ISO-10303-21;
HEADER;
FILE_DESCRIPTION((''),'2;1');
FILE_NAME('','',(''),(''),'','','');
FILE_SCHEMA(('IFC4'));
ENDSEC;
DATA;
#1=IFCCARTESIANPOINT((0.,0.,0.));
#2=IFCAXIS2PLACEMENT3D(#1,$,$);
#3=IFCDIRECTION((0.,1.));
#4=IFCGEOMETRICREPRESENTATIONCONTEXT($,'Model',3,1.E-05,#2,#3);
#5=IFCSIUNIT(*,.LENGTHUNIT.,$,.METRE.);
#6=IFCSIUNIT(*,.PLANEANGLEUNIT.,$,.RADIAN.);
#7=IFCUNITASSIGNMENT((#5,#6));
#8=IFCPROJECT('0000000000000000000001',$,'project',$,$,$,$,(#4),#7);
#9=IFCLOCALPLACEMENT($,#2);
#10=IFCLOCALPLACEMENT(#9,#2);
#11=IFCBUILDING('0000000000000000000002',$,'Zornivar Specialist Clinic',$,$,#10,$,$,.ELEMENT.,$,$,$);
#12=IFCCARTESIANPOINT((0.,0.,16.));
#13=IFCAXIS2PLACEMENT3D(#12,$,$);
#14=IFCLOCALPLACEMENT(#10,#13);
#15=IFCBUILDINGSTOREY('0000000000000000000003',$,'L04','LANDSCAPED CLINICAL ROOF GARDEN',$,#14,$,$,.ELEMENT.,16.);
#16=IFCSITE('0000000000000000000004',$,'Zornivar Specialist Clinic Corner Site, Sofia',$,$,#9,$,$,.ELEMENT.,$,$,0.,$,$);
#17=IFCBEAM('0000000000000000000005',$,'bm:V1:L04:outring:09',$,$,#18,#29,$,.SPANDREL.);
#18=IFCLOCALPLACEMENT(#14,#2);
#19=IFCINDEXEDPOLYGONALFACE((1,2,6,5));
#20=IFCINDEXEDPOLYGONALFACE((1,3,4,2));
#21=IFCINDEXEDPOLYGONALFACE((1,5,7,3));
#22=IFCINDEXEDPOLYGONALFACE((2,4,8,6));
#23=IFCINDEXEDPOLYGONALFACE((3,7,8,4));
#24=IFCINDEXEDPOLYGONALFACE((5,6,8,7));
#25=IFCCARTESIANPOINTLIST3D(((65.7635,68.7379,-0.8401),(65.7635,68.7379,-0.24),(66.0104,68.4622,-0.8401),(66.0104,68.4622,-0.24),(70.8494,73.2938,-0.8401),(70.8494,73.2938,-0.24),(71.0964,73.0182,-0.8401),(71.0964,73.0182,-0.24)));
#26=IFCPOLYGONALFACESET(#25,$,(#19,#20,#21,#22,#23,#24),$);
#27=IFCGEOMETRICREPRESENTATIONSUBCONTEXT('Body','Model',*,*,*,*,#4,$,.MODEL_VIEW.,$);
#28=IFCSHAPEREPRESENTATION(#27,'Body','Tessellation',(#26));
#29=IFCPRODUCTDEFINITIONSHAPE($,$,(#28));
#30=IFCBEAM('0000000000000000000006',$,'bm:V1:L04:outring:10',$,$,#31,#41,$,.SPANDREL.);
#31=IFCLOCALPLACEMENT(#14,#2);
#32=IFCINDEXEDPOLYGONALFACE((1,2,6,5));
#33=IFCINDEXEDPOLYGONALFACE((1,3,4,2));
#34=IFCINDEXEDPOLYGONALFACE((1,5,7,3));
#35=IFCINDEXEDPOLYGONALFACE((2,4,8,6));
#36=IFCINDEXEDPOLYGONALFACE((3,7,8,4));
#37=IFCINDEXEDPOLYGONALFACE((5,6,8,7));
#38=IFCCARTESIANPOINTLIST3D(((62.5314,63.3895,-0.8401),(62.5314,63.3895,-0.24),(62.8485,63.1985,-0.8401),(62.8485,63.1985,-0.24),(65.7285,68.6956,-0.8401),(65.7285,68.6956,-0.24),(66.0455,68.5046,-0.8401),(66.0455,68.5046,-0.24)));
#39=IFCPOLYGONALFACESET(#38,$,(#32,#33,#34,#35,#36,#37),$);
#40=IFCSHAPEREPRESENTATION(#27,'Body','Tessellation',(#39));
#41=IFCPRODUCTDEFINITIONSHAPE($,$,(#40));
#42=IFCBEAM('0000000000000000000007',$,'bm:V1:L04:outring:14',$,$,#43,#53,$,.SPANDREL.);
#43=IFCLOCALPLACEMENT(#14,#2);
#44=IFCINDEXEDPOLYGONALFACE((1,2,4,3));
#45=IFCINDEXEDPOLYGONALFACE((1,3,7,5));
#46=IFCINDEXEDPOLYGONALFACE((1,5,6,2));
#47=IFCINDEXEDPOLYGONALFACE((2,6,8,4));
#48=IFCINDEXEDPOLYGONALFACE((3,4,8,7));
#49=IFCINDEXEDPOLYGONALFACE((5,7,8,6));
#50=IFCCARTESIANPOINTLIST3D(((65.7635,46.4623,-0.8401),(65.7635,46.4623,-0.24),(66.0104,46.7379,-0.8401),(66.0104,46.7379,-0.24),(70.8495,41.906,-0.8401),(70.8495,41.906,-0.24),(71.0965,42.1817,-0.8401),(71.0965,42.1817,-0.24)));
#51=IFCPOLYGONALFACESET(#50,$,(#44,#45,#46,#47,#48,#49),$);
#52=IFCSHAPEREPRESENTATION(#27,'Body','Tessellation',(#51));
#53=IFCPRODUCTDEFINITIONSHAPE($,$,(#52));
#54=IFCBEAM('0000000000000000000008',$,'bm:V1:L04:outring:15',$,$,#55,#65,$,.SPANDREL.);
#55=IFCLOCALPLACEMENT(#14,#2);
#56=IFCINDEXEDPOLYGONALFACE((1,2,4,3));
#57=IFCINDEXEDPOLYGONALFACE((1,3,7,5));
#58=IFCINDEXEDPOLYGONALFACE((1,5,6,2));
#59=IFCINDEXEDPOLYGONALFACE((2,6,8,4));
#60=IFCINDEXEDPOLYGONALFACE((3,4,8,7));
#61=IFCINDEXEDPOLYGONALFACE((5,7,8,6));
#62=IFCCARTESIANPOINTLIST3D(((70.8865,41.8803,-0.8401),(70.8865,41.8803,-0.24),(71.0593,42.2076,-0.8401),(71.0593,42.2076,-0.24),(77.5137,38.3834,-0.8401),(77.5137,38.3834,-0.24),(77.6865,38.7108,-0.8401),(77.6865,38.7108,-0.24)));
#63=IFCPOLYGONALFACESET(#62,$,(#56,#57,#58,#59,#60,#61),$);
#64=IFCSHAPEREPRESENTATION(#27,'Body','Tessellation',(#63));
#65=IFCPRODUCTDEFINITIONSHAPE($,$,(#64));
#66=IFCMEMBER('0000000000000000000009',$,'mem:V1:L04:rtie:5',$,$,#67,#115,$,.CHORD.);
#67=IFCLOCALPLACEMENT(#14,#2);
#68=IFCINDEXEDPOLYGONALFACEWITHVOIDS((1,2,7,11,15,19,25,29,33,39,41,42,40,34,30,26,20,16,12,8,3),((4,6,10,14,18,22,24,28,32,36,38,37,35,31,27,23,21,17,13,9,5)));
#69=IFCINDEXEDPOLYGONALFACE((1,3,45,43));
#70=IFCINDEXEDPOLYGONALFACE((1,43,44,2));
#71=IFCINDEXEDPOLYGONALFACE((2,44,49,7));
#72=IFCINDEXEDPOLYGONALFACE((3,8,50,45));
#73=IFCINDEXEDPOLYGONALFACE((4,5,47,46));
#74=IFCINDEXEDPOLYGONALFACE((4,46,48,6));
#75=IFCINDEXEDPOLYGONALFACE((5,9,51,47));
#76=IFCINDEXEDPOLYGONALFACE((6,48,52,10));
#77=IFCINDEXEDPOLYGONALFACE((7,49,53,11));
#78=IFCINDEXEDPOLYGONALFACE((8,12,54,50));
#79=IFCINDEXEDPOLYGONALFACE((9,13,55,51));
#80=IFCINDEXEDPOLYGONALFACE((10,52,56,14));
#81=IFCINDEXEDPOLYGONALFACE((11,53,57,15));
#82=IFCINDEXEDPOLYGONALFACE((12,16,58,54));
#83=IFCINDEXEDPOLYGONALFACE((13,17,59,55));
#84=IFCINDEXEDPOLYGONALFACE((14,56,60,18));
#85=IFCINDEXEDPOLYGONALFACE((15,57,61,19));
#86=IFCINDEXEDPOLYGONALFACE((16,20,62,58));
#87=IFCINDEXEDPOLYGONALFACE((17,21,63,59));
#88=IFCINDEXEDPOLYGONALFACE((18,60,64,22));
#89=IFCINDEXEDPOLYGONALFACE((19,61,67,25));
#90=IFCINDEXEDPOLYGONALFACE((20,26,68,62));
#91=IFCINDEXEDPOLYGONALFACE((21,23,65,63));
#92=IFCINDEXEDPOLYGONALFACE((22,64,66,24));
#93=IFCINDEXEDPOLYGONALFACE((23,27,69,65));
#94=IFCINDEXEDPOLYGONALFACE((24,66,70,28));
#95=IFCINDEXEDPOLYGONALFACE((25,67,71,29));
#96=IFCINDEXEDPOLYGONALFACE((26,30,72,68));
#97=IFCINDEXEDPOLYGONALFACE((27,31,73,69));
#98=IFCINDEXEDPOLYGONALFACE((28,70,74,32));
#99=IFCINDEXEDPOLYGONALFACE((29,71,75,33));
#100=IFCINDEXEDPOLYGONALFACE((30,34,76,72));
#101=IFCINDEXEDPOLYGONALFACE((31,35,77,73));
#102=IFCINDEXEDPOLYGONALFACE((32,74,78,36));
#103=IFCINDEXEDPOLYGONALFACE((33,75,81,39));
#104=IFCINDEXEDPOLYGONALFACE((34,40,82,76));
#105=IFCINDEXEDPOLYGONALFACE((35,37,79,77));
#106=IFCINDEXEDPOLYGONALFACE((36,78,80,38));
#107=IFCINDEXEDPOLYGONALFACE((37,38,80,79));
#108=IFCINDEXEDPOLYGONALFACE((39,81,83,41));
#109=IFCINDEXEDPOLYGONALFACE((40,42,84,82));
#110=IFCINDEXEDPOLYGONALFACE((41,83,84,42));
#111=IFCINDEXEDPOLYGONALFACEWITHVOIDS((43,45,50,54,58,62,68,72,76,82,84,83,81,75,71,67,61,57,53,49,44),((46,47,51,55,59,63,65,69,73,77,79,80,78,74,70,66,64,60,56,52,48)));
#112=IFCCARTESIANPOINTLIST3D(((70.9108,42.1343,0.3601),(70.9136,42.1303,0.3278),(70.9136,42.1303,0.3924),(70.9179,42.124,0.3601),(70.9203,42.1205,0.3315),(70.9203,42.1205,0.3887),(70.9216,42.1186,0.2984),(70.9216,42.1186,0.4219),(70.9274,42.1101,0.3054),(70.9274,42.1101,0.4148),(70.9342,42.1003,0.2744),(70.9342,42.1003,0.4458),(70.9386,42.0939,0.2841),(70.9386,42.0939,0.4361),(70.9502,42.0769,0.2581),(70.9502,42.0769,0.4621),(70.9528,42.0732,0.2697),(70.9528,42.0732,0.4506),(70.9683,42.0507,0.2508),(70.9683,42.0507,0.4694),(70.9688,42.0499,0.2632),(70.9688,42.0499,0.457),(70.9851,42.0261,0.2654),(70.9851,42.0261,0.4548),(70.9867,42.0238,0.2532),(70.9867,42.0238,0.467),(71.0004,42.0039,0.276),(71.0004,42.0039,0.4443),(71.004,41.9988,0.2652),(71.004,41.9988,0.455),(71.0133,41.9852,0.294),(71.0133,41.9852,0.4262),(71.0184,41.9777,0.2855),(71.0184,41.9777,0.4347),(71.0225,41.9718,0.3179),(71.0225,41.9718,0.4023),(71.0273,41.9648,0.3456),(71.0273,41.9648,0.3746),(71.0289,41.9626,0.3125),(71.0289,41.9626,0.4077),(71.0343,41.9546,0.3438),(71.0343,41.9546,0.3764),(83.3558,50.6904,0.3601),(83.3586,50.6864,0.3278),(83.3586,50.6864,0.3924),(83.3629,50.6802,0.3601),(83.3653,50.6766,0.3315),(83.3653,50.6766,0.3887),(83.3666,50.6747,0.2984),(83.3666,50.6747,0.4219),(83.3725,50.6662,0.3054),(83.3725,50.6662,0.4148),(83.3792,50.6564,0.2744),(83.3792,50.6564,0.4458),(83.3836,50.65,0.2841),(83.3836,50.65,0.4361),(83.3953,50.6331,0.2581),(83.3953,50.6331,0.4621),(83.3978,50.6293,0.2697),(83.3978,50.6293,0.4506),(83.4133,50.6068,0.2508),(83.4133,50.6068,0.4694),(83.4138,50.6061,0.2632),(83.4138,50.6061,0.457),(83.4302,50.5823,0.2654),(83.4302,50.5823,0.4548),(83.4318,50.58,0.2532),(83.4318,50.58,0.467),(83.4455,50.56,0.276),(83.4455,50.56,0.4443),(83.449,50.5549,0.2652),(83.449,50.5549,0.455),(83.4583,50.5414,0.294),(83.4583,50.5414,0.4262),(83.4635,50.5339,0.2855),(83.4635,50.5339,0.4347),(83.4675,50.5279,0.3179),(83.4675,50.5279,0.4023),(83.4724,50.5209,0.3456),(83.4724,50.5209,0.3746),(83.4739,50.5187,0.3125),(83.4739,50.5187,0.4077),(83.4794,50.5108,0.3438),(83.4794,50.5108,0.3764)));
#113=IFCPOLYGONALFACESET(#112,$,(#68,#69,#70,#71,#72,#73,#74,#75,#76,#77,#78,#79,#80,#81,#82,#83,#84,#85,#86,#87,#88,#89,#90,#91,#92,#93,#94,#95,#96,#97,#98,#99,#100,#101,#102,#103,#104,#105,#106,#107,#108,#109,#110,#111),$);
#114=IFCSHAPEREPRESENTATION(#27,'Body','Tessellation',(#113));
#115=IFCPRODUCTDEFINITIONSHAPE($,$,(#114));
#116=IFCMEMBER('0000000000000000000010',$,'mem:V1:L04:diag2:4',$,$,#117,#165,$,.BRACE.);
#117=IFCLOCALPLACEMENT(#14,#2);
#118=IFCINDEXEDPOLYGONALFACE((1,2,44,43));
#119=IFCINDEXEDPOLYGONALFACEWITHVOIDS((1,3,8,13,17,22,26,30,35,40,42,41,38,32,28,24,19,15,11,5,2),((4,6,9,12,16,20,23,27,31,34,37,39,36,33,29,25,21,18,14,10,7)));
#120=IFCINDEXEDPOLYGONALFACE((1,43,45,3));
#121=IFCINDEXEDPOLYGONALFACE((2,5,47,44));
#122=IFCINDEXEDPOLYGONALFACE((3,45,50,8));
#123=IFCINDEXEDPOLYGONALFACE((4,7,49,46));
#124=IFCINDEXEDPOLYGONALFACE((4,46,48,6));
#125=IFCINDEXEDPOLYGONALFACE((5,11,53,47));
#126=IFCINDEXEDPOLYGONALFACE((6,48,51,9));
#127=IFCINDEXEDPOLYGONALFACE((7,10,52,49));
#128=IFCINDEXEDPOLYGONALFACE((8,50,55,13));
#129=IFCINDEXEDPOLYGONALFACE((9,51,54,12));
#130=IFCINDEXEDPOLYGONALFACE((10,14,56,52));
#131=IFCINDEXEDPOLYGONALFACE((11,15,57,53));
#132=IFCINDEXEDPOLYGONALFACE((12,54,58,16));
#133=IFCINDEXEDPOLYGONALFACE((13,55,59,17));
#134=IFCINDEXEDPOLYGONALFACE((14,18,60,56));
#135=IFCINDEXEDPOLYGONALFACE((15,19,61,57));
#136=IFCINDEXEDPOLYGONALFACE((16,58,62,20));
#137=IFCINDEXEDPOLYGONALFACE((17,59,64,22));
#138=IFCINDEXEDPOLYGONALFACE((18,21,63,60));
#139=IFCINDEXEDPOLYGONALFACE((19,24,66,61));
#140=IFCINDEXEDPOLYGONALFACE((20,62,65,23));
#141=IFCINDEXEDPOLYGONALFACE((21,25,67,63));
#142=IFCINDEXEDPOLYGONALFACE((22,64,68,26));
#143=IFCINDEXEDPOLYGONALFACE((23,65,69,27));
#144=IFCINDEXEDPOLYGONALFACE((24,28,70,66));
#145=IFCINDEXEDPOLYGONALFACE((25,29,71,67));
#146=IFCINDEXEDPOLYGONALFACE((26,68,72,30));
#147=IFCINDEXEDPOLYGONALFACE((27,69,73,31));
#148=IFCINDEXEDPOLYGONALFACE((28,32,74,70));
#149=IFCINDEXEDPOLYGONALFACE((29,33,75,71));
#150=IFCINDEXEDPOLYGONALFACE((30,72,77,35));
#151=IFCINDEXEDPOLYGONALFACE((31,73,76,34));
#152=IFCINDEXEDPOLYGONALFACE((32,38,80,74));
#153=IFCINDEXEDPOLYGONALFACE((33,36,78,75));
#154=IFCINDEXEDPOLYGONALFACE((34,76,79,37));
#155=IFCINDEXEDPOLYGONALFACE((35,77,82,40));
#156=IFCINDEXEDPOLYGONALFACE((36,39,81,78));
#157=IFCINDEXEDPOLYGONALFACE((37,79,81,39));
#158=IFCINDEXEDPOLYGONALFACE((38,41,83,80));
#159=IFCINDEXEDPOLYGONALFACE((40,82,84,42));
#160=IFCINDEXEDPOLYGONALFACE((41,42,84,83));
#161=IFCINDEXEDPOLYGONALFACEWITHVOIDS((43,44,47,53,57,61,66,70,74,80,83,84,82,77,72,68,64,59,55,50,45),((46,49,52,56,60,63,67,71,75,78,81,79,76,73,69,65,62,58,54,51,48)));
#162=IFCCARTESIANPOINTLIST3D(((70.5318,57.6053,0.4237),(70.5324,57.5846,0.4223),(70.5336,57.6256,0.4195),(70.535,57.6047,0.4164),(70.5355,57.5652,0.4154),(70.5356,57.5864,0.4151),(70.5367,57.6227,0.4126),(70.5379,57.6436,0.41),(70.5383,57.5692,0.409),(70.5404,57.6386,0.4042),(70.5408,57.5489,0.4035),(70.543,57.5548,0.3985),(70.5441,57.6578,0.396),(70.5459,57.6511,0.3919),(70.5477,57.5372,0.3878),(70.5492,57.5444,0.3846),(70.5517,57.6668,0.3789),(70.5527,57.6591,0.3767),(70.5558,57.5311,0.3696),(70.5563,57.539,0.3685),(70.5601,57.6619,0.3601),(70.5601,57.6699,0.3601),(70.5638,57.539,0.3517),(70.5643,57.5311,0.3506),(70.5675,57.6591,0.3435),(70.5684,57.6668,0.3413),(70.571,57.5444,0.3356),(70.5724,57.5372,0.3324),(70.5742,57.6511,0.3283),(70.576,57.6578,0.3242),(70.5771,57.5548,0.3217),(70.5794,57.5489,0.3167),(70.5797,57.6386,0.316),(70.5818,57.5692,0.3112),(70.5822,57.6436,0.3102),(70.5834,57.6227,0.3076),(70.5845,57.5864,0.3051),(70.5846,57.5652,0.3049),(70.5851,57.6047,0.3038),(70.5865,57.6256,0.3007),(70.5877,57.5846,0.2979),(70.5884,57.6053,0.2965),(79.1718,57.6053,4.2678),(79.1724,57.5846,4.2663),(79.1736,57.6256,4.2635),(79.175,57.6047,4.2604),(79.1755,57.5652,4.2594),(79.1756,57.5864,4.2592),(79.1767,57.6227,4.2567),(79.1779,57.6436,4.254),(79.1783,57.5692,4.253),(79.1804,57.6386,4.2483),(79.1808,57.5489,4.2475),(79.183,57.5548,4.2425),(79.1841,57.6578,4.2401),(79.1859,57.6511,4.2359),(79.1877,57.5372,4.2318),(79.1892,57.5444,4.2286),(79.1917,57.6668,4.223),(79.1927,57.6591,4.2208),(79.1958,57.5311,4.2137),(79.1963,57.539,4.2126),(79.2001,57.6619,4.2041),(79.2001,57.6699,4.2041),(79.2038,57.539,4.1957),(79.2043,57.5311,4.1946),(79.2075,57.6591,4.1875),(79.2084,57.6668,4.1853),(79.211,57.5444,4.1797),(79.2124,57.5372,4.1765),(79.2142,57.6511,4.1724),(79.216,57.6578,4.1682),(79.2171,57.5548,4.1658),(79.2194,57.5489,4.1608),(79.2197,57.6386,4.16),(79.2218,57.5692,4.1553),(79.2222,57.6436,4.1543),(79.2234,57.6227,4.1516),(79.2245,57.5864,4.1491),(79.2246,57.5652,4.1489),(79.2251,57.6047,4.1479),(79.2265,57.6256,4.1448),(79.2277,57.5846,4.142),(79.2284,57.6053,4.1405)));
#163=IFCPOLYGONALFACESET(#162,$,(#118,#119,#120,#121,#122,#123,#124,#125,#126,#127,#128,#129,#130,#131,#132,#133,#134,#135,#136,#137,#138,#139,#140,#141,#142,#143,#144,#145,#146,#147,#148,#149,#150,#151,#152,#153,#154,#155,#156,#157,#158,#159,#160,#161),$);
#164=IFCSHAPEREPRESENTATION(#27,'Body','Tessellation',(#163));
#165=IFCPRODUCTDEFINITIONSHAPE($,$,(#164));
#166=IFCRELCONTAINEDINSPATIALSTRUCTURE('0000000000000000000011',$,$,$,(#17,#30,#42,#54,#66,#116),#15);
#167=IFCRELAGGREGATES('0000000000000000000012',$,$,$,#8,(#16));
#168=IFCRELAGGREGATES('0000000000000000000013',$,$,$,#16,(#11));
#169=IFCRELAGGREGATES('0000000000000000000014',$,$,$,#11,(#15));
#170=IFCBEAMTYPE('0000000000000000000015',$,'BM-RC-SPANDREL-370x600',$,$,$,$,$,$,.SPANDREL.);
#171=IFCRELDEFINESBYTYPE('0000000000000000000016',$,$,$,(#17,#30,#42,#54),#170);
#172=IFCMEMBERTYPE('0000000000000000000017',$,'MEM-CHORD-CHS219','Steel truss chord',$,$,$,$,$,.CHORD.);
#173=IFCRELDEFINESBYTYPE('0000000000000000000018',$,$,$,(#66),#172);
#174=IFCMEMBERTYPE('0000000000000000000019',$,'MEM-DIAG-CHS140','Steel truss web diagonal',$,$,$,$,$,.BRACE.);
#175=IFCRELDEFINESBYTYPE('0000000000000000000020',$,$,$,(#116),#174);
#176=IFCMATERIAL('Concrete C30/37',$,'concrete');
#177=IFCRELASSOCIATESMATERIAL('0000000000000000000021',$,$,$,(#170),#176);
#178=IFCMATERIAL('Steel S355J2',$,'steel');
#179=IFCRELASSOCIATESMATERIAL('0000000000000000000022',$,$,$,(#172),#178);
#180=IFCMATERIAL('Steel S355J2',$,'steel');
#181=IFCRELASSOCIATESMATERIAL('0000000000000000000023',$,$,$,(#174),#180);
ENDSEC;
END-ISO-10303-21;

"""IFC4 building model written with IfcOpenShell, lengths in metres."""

from ifc_helpers import new_model, si_unit, direction, frame, origin, origin_2d, place, context, subcontext, project, spatial, rectangle, hollow_circle, extrude, material, material_profile, profile_set, type_object, element, save


model = new_model("IFC4")

# Units and contexts
model_context = context("Model", 3, precision=1e-05, world=origin(), true_north=direction((0.0, 1.0)))
body_context = subcontext(model_context, "Body", "Model", "MODEL_VIEW")
ifc_project = project(units=[si_unit("LENGTHUNIT", "METRE"), si_unit("PLANEANGLEUNIT", "RADIAN")], contexts=[model_context])

# Site, building, storey
site_placement = place(None, origin())
site = spatial("IfcSite", under=ifc_project, at=site_placement, Name="Zornivar Specialist Clinic Corner Site, Sofia", CompositionType="ELEMENT", RefElevation=0.0)
building_placement = place(site_placement, origin())
building = spatial("IfcBuilding", under=site, at=building_placement, Name="Zornivar Specialist Clinic", CompositionType="ELEMENT")
storey_placement = place(building_placement, frame((0.0, 0.0, 16.0)))
storey = spatial("IfcBuildingStorey", under=building, at=storey_placement, Name="L04", Description="LANDSCAPED CLINICAL ROOF GARDEN", CompositionType="ELEMENT", Elevation=16.0)

# Beams
ifc_material_1 = material(Name="Concrete C30/37", Category="concrete")
ifc_material_profile_1 = material_profile(ifc_material_1, rectangle(XDim=0.3701, YDim=0.6001, at=origin_2d()), Name="RC 370x600")
ifc_profile_set_1 = profile_set([ifc_material_profile_1], Name="Concrete C30/37")
beam_type = type_object("IfcBeamType", Name="BM-RC-SPANDREL-370x600", PredefinedType="SPANDREL", material=ifc_profile_set_1)
beam_1_placement = place(storey_placement, frame((70.9729, 73.156, -0.54), z_axis=(-0.744853, -0.667228, 0.0), x_axis=(0.667228, -0.744853, 0.0)))
element("IfcBeam", 1, at=beam_1_placement, inside=storey, type_object=beam_type, Name="bm:V1:L04:outring:09", PredefinedType="SPANDREL", context=body_context, shape_type="SweptSolid", body=[
    extrude(rectangle(XDim=0.3701, YDim=0.6001, at=origin_2d()), origin(), (0.0, 0.0, 1.0), 6.8281),
])
beam_2_placement = place(storey_placement, frame((65.887, 68.6001, -0.54), z_axis=(-0.516077, -0.856542, 0.0), x_axis=(0.856542, -0.516077, 0.0)))
element("IfcBeam", 2, at=beam_2_placement, inside=storey, type_object=beam_type, Name="bm:V1:L04:outring:10", PredefinedType="SPANDREL", context=body_context, shape_type="SweptSolid", body=[
    extrude(rectangle(XDim=0.3701, YDim=0.6001, at=origin_2d()), origin(), (0.0, 0.0, 1.0), 6.1948),
])
beam_3_placement = place(storey_placement, frame((65.887, 46.6001, -0.54), z_axis=(0.744835, -0.667248, 0.0), x_axis=(0.667248, 0.744835, 0.0)))
element("IfcBeam", 3, at=beam_3_placement, inside=storey, type_object=beam_type, Name="bm:V1:L04:outring:14", PredefinedType="SPANDREL", context=body_context, shape_type="SweptSolid", body=[
    extrude(rectangle(XDim=0.3701, YDim=0.6001, at=origin_2d()), origin(), (0.0, 0.0, 1.0), 6.8284),
])
beam_4_placement = place(storey_placement, frame((70.9729, 42.0439, -0.54), z_axis=(0.884432, -0.466669, 0.0), x_axis=(0.466669, 0.884432, 0.0)))
element("IfcBeam", 4, at=beam_4_placement, inside=storey, type_object=beam_type, Name="bm:V1:L04:outring:15", PredefinedType="SPANDREL", context=body_context, shape_type="SweptSolid", body=[
    extrude(rectangle(XDim=0.3701, YDim=0.6001, at=origin_2d()), origin(), (0.0, 0.0, 1.0), 7.4932),
])

# Members
ifc_material_2 = material(Name="Steel S355J2", Category="steel")
ifc_material_profile_2 = material_profile(ifc_material_2, hollow_circle(Radius=0.1096, WallThickness=0.0125, at=origin_2d()), Name="CHS 219.1x12.5")
ifc_profile_set_2 = profile_set([ifc_material_profile_2], Name="Steel S355J2")
member_type_1 = type_object("IfcMemberType", Name="MEM-CHORD-CHS219", Description="Steel truss chord", PredefinedType="CHORD", material=ifc_profile_set_2)
member_1_placement = place(storey_placement, frame((70.9729, 42.0439, 0.3601), z_axis=(0.824037, 0.566536, 0.0), x_axis=(-0.566536, 0.824037, 0.0)))
element("IfcMember", 5, at=member_1_placement, inside=storey, type_object=member_type_1, Name="mem:V1:L04:rtie:5", PredefinedType="CHORD", context=body_context, shape_type="SweptSolid", body=[
    extrude(hollow_circle(Radius=0.1096, WallThickness=0.0125, at=origin_2d()), origin(), (0.0, 0.0, 1.0), 15.1025),
])
ifc_material_3 = material(Name="Steel S355J2", Category="steel")
ifc_material_profile_3 = material_profile(ifc_material_3, hollow_circle(Radius=0.0698, WallThickness=0.0081, at=origin_2d()), Name="CHS 139.7x8")
ifc_profile_set_3 = profile_set([ifc_material_profile_3], Name="Steel S355J2")
member_type_2 = type_object("IfcMemberType", Name="MEM-DIAG-CHS140", Description="Steel truss web diagonal", PredefinedType="BRACE", material=ifc_profile_set_3)
member_2_placement = place(storey_placement, frame((70.5601, 57.6001, 0.3601), z_axis=(0.913653, 0.0, 0.406495), x_axis=(0.0, 1.0, 0.0)))
element("IfcMember", 6, at=member_2_placement, inside=storey, type_object=member_type_2, Name="mem:V1:L04:diag2:4", PredefinedType="BRACE", context=body_context, shape_type="SweptSolid", body=[
    extrude(hollow_circle(Radius=0.0698, WallThickness=0.0081, at=origin_2d()), origin(), (0.0, 0.0, 1.0), 9.4565),
])

save(model, "model.ifc")
